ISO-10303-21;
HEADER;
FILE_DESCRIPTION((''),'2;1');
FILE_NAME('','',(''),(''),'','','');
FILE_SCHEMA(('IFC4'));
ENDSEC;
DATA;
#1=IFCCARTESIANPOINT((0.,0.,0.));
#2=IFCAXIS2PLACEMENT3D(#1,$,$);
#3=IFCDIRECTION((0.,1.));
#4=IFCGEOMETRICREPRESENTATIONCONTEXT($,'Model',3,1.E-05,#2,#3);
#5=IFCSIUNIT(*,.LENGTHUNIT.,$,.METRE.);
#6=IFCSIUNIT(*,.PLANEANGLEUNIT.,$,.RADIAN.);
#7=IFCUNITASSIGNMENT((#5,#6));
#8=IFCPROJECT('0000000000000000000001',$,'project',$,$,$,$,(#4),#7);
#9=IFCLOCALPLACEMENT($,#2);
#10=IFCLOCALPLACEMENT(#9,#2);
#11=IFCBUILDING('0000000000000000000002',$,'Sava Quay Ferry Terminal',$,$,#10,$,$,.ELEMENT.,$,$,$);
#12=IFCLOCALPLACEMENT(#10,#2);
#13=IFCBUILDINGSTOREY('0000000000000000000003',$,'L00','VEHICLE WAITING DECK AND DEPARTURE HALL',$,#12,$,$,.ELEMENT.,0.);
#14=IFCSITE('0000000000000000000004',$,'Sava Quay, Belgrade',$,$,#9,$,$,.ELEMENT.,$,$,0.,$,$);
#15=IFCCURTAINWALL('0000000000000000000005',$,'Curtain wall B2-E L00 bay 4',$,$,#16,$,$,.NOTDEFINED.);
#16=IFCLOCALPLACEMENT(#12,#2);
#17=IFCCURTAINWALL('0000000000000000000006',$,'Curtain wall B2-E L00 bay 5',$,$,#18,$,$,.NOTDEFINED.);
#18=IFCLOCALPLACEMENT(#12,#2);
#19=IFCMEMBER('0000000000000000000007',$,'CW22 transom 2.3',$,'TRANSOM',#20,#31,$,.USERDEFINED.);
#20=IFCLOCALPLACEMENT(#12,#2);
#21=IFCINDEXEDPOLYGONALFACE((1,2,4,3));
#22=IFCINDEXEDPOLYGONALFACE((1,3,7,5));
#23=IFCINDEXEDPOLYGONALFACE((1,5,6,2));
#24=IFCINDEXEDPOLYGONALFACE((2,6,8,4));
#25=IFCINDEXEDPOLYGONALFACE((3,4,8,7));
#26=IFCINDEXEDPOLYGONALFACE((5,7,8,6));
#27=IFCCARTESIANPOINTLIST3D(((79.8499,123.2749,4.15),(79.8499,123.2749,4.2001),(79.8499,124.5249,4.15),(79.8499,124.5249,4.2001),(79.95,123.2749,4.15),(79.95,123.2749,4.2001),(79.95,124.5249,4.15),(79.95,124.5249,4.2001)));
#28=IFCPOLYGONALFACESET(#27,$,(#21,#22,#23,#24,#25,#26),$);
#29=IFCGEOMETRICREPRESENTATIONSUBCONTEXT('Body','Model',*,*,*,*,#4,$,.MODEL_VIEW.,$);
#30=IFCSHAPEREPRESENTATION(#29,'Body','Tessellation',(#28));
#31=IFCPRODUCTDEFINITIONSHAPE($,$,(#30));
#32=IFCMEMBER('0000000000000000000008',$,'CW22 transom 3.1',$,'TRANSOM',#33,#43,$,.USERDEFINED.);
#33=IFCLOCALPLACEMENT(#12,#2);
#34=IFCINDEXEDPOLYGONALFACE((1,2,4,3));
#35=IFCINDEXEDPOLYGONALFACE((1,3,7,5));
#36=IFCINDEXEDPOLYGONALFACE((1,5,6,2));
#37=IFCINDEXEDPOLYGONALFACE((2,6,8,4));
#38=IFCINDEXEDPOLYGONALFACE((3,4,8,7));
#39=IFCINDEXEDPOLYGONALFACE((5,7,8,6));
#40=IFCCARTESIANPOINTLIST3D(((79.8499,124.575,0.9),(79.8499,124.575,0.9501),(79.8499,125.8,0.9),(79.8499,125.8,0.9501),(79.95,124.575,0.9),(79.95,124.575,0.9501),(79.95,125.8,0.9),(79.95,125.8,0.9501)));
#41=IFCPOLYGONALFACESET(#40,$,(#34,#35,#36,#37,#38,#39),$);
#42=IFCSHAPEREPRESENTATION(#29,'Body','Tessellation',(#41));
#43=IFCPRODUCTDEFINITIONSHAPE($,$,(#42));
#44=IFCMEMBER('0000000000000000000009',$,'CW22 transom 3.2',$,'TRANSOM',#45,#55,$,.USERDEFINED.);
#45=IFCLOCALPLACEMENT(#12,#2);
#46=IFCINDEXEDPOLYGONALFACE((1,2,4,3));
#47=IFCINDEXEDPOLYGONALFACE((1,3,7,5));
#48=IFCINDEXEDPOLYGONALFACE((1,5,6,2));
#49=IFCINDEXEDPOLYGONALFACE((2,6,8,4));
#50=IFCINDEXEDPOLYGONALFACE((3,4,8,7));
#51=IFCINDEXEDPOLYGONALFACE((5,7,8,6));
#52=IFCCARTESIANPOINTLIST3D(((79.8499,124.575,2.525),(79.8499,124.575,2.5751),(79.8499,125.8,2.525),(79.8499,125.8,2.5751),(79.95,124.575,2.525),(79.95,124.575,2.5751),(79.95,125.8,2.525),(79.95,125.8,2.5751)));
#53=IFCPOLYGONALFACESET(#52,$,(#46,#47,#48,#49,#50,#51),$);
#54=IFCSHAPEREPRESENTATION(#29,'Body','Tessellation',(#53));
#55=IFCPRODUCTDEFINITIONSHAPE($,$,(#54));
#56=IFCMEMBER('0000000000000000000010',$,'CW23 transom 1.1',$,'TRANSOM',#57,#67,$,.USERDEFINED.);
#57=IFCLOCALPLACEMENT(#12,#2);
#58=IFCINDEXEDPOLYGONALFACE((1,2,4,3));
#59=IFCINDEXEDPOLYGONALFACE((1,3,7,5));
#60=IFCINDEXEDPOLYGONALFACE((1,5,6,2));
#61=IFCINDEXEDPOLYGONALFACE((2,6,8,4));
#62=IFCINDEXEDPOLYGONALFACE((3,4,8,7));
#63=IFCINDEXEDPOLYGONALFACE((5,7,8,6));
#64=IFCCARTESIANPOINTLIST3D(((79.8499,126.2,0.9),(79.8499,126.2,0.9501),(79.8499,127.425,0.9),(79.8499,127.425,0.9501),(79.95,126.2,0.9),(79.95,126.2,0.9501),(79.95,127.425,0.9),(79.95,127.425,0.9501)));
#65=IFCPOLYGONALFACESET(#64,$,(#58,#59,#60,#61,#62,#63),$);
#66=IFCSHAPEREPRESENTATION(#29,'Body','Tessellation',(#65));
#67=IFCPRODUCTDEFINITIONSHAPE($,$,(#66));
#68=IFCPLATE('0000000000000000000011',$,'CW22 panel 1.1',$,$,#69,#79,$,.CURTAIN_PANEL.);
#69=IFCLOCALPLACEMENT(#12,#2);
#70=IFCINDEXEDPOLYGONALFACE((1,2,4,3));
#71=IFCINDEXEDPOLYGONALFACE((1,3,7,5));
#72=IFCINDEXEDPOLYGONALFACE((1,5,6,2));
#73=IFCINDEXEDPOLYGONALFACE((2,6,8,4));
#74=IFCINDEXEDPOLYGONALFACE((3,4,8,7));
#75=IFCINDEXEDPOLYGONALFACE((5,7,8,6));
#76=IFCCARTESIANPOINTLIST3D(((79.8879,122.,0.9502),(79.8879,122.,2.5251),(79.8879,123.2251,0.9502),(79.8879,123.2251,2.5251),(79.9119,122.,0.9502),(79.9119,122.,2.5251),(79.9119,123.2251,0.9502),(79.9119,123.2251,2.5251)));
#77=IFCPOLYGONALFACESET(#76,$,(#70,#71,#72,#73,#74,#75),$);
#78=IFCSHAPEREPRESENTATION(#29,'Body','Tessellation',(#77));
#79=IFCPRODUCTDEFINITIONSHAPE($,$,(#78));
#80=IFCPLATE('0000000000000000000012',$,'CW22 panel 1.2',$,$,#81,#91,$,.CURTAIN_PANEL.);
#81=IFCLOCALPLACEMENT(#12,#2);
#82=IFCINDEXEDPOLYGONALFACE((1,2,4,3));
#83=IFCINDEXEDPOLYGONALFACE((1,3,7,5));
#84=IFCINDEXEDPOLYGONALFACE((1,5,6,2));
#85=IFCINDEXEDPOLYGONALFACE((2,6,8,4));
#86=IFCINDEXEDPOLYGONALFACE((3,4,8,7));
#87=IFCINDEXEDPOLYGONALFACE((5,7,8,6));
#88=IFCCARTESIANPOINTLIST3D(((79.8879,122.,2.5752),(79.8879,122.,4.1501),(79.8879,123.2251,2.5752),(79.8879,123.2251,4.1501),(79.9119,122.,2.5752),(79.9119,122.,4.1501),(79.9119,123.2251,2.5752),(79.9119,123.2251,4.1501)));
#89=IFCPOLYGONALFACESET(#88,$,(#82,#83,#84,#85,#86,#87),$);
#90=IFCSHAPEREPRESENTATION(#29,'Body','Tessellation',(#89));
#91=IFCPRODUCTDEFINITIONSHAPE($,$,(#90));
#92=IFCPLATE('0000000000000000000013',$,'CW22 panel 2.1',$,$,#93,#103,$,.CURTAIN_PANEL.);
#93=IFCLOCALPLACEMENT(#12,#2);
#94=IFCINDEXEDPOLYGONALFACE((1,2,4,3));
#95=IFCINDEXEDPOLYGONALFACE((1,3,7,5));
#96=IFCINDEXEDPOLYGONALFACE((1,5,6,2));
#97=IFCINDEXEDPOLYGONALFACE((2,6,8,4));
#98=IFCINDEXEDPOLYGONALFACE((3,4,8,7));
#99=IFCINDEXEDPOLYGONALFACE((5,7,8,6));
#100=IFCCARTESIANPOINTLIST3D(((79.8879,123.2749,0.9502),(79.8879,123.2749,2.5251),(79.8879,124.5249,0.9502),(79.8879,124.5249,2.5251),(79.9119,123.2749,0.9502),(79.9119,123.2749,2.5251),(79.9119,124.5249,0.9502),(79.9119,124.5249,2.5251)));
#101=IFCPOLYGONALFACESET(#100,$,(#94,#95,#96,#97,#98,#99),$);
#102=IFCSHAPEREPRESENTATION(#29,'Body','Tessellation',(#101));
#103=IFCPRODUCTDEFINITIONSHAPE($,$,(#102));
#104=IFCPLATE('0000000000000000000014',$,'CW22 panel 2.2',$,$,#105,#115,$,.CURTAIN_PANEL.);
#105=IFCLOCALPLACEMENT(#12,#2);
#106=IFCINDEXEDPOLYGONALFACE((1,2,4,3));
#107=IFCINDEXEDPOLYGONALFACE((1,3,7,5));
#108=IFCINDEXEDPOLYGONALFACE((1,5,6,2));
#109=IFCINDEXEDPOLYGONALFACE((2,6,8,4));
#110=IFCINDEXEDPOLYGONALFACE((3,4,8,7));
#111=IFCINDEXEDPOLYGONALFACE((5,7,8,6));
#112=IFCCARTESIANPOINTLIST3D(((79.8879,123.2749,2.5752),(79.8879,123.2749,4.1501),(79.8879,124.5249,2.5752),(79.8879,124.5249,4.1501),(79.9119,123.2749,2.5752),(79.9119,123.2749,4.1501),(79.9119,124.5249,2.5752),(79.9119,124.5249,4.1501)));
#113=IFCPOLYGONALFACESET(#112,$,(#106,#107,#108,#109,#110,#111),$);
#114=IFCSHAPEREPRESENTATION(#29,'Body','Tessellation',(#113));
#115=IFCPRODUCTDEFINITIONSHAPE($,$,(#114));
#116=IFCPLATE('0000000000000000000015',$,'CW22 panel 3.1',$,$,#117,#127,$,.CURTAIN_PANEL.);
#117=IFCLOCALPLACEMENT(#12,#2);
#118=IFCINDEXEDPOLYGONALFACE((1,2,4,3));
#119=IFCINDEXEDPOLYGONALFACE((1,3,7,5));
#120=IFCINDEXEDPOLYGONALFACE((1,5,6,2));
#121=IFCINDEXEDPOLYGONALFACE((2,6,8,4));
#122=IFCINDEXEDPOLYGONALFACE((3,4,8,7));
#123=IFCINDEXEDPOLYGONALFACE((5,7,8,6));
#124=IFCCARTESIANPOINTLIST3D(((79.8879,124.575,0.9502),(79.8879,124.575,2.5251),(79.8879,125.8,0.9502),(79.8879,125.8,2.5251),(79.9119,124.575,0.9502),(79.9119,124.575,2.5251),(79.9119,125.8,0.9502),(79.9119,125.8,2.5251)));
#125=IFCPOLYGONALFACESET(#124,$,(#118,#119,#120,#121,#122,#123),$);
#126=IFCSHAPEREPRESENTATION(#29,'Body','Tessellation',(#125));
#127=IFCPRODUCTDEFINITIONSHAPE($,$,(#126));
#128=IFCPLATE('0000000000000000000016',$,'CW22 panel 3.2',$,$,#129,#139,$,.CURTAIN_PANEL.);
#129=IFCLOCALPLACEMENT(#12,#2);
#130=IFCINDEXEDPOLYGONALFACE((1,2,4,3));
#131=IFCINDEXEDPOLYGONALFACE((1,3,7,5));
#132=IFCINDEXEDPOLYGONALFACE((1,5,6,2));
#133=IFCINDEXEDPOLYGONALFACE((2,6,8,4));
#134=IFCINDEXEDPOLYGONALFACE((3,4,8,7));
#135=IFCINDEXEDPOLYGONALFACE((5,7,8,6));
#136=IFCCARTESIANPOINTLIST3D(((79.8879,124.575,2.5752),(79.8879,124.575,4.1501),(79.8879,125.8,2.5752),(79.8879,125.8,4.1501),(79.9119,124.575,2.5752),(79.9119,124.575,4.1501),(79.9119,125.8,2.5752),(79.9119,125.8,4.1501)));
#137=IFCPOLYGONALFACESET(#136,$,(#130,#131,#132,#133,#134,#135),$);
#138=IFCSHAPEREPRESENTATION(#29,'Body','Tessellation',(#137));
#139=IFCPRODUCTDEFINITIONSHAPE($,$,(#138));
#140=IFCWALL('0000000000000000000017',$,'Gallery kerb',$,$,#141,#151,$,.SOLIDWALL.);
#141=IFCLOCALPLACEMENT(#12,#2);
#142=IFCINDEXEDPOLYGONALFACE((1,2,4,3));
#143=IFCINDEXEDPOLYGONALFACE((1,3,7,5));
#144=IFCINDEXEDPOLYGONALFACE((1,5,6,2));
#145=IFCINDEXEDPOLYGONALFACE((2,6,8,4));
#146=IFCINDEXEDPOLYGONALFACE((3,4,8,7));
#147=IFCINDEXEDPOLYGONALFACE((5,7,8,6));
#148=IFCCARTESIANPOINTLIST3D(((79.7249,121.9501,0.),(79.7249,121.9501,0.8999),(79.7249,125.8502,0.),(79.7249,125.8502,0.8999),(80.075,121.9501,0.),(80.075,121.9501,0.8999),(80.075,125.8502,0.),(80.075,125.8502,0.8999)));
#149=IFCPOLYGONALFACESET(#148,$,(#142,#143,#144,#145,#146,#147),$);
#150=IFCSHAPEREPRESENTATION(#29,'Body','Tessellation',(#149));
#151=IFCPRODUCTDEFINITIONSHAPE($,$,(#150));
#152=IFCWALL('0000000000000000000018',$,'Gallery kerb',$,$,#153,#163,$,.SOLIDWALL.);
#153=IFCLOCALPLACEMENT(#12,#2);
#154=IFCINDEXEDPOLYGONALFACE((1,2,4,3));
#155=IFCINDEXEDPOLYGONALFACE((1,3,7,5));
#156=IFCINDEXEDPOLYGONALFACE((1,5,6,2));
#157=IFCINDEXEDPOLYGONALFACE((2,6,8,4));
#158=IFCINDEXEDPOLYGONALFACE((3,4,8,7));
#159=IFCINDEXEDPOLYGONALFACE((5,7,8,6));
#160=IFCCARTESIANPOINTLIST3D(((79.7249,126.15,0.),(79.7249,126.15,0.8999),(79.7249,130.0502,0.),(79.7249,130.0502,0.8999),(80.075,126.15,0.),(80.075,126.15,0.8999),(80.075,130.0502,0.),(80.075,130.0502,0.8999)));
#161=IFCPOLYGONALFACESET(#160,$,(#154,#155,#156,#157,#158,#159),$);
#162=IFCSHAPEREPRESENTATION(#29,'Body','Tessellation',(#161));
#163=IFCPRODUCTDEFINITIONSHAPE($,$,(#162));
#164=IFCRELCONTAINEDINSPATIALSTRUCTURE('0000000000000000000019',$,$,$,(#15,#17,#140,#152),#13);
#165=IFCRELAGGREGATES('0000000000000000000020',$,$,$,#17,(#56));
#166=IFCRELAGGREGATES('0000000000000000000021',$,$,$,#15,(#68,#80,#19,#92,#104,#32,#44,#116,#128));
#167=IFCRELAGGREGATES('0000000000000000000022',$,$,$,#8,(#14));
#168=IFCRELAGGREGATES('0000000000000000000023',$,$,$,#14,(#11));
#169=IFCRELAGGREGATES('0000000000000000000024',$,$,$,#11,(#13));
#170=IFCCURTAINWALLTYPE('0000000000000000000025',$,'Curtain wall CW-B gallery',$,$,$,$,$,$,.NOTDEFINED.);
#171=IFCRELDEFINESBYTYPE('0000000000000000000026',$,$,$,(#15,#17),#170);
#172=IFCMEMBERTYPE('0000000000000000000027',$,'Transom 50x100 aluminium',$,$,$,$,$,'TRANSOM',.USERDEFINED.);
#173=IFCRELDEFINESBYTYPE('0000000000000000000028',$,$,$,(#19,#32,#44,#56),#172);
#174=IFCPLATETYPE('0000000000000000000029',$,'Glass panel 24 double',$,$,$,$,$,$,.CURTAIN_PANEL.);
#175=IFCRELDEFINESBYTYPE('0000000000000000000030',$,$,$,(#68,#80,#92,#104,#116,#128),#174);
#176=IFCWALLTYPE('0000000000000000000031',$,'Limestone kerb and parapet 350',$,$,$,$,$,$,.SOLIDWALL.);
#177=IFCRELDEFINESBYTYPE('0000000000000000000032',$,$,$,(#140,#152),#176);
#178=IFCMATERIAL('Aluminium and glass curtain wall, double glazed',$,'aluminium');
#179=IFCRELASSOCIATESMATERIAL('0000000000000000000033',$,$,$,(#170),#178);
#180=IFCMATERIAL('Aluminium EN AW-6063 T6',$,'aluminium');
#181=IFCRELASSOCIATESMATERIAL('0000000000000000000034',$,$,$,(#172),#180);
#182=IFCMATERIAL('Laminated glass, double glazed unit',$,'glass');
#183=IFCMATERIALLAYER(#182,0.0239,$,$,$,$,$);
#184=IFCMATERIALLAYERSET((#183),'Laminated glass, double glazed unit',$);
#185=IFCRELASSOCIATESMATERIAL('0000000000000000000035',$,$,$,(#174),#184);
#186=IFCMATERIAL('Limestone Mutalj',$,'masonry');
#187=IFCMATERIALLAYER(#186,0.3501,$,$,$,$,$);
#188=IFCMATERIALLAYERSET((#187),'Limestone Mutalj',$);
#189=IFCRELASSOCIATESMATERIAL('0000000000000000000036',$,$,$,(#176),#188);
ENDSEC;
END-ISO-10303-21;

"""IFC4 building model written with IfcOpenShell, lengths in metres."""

from ifc_helpers import new_model, si_unit, direction, frame, frame_2d, origin, origin_2d, place, context, subcontext, project, spatial, rectangle, extrude, material, layer, layer_set, material_profile, profile_set, type_object, element, aggregate, save


model = new_model("IFC4")

# Units and contexts
model_context = context("Model", 3, precision=1e-05, world=origin(), true_north=direction((0.0, 1.0)))
body_context = subcontext(model_context, "Body", "Model", "MODEL_VIEW")
ifc_project = project(units=[si_unit("LENGTHUNIT", "METRE"), si_unit("PLANEANGLEUNIT", "RADIAN")], contexts=[model_context])

# Site, building, storey
site_placement = place(None, origin())
site = spatial("IfcSite", under=ifc_project, at=site_placement, Name="Sava Quay, Belgrade", CompositionType="ELEMENT", RefElevation=0.0)
building_placement = place(site_placement, origin())
building = spatial("IfcBuilding", under=site, at=building_placement, Name="Sava Quay Ferry Terminal", CompositionType="ELEMENT")
storey_placement = place(building_placement, origin())
storey = spatial("IfcBuildingStorey", under=building, at=storey_placement, Name="L00", Description="VEHICLE WAITING DECK AND DEPARTURE HALL", CompositionType="ELEMENT", Elevation=0.0)

# Curtain wall
ifc_material_1 = material(Name="Aluminium and glass curtain wall, double glazed", Category="aluminium")
curtain_wall_type = type_object("IfcCurtainWallType", Name="Curtain wall CW-B gallery", PredefinedType="NOTDEFINED", material=ifc_material_1)
curtain_wall_1_placement = place(storey_placement, origin())
curtain_wall_1 = element("IfcCurtainWall", 1, at=curtain_wall_1_placement, inside=storey, type_object=curtain_wall_type, Name="Curtain wall B2-E L00 bay 4", PredefinedType="NOTDEFINED")

# Curtain wall
curtain_wall_2_placement = place(storey_placement, origin())
curtain_wall_2 = element("IfcCurtainWall", 2, at=curtain_wall_2_placement, inside=storey, type_object=curtain_wall_type, Name="Curtain wall B2-E L00 bay 5", PredefinedType="NOTDEFINED")

# Members
ifc_material_2 = material(Name="Aluminium EN AW-6063 T6", Category="aluminium")
ifc_material_profile_1 = material_profile(ifc_material_2, rectangle(XDim=0.1001, YDim=0.05, at=origin_2d()), Name="Transom 50x100 aluminium")
ifc_profile_set_1 = profile_set([ifc_material_profile_1], Name="Aluminium EN AW-6063 T6")
member_type_1 = type_object("IfcMemberType", Name="Transom 50x100 aluminium", ElementType="TRANSOM", PredefinedType="USERDEFINED", material=ifc_profile_set_1)
member_1_placement = place(storey_placement, frame((79.8999, 123.2749, 4.175), z_axis=(0.0, 1.0, 0.0), x_axis=(-1.0, 0.0, 0.0)))
member_1 = element("IfcMember", 3, at=member_1_placement, type_object=member_type_1, Name="CW22 transom 2.3", ObjectType="TRANSOM", PredefinedType="USERDEFINED", context=body_context, shape_type="SweptSolid", body=[
    extrude(rectangle(XDim=0.1001, YDim=0.05, at=origin_2d()), origin(), (0.0, 0.0, 1.0), 1.25),
])
member_2_placement = place(storey_placement, frame((79.8999, 124.575, 0.925), z_axis=(0.0, 1.0, 0.0), x_axis=(-1.0, 0.0, 0.0)))
member_2 = element("IfcMember", 4, at=member_2_placement, type_object=member_type_1, Name="CW22 transom 3.1", ObjectType="TRANSOM", PredefinedType="USERDEFINED", context=body_context, shape_type="SweptSolid", body=[
    extrude(rectangle(XDim=0.1001, YDim=0.05, at=origin_2d()), origin(), (0.0, 0.0, 1.0), 1.2251),
])
member_3_placement = place(storey_placement, frame((79.8999, 124.575, 2.55), z_axis=(0.0, 1.0, 0.0), x_axis=(-1.0, 0.0, 0.0)))
member_3 = element("IfcMember", 5, at=member_3_placement, type_object=member_type_1, Name="CW22 transom 3.2", ObjectType="TRANSOM", PredefinedType="USERDEFINED", context=body_context, shape_type="SweptSolid", body=[
    extrude(rectangle(XDim=0.1001, YDim=0.05, at=origin_2d()), origin(), (0.0, 0.0, 1.0), 1.2251),
])
member_4_placement = place(storey_placement, frame((79.8999, 126.2, 0.925), z_axis=(0.0, 1.0, 0.0), x_axis=(-1.0, 0.0, 0.0)))
member_4 = element("IfcMember", 6, at=member_4_placement, type_object=member_type_1, Name="CW23 transom 1.1", ObjectType="TRANSOM", PredefinedType="USERDEFINED", context=body_context, shape_type="SweptSolid", body=[
    extrude(rectangle(XDim=0.1001, YDim=0.05, at=origin_2d()), origin(), (0.0, 0.0, 1.0), 1.2251),
])
aggregate(curtain_wall_2, [member_4])

# Plates
ifc_material_3 = material(Name="Laminated glass, double glazed unit", Category="glass")
ifc_layer_1 = layer(ifc_material_3, 0.0239)
ifc_layer_set_1 = layer_set([ifc_layer_1], Name="Laminated glass, double glazed unit")
plate_type = type_object("IfcPlateType", Name="Glass panel 24 double", PredefinedType="CURTAIN_PANEL", material=ifc_layer_set_1)
plate_1_placement = place(storey_placement, frame((79.8999, 122.6125, 0.9502), z_axis=(0.0, 0.0, 1.0), x_axis=(0.0, 1.0, 0.0)))
plate_1 = element("IfcPlate", 7, at=plate_1_placement, type_object=plate_type, Name="CW22 panel 1.1", PredefinedType="CURTAIN_PANEL", context=body_context, shape_type="SweptSolid", body=[
    extrude(rectangle(XDim=1.2251, YDim=0.0239, at=origin_2d()), origin(), (0.0, 0.0, 1.0), 1.575),
])
plate_2_placement = place(storey_placement, frame((79.8999, 122.6125, 2.5752), z_axis=(0.0, 0.0, 1.0), x_axis=(0.0, 1.0, 0.0)))
plate_2 = element("IfcPlate", 8, at=plate_2_placement, type_object=plate_type, Name="CW22 panel 1.2", PredefinedType="CURTAIN_PANEL", context=body_context, shape_type="SweptSolid", body=[
    extrude(rectangle(XDim=1.2251, YDim=0.0239, at=origin_2d()), origin(), (0.0, 0.0, 1.0), 1.575),
])
plate_3_placement = place(storey_placement, frame((79.8999, 123.8999, 0.9502), z_axis=(0.0, 0.0, 1.0), x_axis=(0.0, 1.0, 0.0)))
plate_3 = element("IfcPlate", 9, at=plate_3_placement, type_object=plate_type, Name="CW22 panel 2.1", PredefinedType="CURTAIN_PANEL", context=body_context, shape_type="SweptSolid", body=[
    extrude(rectangle(XDim=1.25, YDim=0.0239, at=origin_2d()), origin(), (0.0, 0.0, 1.0), 1.575),
])
plate_4_placement = place(storey_placement, frame((79.8999, 123.8999, 2.5752), z_axis=(0.0, 0.0, 1.0), x_axis=(0.0, 1.0, 0.0)))
plate_4 = element("IfcPlate", 10, at=plate_4_placement, type_object=plate_type, Name="CW22 panel 2.2", PredefinedType="CURTAIN_PANEL", context=body_context, shape_type="SweptSolid", body=[
    extrude(rectangle(XDim=1.25, YDim=0.0239, at=origin_2d()), origin(), (0.0, 0.0, 1.0), 1.575),
])
plate_5_placement = place(storey_placement, frame((79.8999, 125.1875, 0.9502), z_axis=(0.0, 0.0, 1.0), x_axis=(0.0, 1.0, 0.0)))
plate_5 = element("IfcPlate", 11, at=plate_5_placement, type_object=plate_type, Name="CW22 panel 3.1", PredefinedType="CURTAIN_PANEL", context=body_context, shape_type="SweptSolid", body=[
    extrude(rectangle(XDim=1.2251, YDim=0.0239, at=origin_2d()), origin(), (0.0, 0.0, 1.0), 1.575),
])
plate_6_placement = place(storey_placement, frame((79.8999, 125.1875, 2.5752), z_axis=(0.0, 0.0, 1.0), x_axis=(0.0, 1.0, 0.0)))
plate_6 = element("IfcPlate", 12, at=plate_6_placement, type_object=plate_type, Name="CW22 panel 3.2", PredefinedType="CURTAIN_PANEL", context=body_context, shape_type="SweptSolid", body=[
    extrude(rectangle(XDim=1.2251, YDim=0.0239, at=origin_2d()), origin(), (0.0, 0.0, 1.0), 1.575),
])
aggregate(curtain_wall_1, [plate_1, plate_2, member_1, plate_3, plate_4, member_2, member_3, plate_5, plate_6])

# Walls
ifc_material_4 = material(Name="Limestone Mutalj", Category="masonry")
ifc_layer_2 = layer(ifc_material_4, 0.3501)
ifc_layer_set_2 = layer_set([ifc_layer_2], Name="Limestone Mutalj")
wall_type = type_object("IfcWallType", Name="Limestone kerb and parapet 350", PredefinedType="SOLIDWALL", material=ifc_layer_set_2)
for number, where, z_axis, x_axis, name in (
    (13, (79.8999, 121.95, 0.0), (0.0, 0.0, 1.0), (0.0, 1.0, 0.0), "Gallery kerb"),
    (14, (79.8999, 126.1499, 0.0), (0.0, 0.0, 1.0), (0.0, 1.0, 0.0), "Gallery kerb"),
):
    element("IfcWall", number, at=place(storey_placement, frame(where, z_axis=z_axis, x_axis=x_axis)), inside=storey, type_object=wall_type, Name=name, PredefinedType="SOLIDWALL", context=body_context, shape_type="SweptSolid", body=[
        extrude(rectangle(XDim=3.9001, YDim=0.3501, at=frame_2d((1.9502, 0.0))), origin(), (0.0, 0.0, 1.0), 0.8999),
    ])

save(model, "model.ifc")
